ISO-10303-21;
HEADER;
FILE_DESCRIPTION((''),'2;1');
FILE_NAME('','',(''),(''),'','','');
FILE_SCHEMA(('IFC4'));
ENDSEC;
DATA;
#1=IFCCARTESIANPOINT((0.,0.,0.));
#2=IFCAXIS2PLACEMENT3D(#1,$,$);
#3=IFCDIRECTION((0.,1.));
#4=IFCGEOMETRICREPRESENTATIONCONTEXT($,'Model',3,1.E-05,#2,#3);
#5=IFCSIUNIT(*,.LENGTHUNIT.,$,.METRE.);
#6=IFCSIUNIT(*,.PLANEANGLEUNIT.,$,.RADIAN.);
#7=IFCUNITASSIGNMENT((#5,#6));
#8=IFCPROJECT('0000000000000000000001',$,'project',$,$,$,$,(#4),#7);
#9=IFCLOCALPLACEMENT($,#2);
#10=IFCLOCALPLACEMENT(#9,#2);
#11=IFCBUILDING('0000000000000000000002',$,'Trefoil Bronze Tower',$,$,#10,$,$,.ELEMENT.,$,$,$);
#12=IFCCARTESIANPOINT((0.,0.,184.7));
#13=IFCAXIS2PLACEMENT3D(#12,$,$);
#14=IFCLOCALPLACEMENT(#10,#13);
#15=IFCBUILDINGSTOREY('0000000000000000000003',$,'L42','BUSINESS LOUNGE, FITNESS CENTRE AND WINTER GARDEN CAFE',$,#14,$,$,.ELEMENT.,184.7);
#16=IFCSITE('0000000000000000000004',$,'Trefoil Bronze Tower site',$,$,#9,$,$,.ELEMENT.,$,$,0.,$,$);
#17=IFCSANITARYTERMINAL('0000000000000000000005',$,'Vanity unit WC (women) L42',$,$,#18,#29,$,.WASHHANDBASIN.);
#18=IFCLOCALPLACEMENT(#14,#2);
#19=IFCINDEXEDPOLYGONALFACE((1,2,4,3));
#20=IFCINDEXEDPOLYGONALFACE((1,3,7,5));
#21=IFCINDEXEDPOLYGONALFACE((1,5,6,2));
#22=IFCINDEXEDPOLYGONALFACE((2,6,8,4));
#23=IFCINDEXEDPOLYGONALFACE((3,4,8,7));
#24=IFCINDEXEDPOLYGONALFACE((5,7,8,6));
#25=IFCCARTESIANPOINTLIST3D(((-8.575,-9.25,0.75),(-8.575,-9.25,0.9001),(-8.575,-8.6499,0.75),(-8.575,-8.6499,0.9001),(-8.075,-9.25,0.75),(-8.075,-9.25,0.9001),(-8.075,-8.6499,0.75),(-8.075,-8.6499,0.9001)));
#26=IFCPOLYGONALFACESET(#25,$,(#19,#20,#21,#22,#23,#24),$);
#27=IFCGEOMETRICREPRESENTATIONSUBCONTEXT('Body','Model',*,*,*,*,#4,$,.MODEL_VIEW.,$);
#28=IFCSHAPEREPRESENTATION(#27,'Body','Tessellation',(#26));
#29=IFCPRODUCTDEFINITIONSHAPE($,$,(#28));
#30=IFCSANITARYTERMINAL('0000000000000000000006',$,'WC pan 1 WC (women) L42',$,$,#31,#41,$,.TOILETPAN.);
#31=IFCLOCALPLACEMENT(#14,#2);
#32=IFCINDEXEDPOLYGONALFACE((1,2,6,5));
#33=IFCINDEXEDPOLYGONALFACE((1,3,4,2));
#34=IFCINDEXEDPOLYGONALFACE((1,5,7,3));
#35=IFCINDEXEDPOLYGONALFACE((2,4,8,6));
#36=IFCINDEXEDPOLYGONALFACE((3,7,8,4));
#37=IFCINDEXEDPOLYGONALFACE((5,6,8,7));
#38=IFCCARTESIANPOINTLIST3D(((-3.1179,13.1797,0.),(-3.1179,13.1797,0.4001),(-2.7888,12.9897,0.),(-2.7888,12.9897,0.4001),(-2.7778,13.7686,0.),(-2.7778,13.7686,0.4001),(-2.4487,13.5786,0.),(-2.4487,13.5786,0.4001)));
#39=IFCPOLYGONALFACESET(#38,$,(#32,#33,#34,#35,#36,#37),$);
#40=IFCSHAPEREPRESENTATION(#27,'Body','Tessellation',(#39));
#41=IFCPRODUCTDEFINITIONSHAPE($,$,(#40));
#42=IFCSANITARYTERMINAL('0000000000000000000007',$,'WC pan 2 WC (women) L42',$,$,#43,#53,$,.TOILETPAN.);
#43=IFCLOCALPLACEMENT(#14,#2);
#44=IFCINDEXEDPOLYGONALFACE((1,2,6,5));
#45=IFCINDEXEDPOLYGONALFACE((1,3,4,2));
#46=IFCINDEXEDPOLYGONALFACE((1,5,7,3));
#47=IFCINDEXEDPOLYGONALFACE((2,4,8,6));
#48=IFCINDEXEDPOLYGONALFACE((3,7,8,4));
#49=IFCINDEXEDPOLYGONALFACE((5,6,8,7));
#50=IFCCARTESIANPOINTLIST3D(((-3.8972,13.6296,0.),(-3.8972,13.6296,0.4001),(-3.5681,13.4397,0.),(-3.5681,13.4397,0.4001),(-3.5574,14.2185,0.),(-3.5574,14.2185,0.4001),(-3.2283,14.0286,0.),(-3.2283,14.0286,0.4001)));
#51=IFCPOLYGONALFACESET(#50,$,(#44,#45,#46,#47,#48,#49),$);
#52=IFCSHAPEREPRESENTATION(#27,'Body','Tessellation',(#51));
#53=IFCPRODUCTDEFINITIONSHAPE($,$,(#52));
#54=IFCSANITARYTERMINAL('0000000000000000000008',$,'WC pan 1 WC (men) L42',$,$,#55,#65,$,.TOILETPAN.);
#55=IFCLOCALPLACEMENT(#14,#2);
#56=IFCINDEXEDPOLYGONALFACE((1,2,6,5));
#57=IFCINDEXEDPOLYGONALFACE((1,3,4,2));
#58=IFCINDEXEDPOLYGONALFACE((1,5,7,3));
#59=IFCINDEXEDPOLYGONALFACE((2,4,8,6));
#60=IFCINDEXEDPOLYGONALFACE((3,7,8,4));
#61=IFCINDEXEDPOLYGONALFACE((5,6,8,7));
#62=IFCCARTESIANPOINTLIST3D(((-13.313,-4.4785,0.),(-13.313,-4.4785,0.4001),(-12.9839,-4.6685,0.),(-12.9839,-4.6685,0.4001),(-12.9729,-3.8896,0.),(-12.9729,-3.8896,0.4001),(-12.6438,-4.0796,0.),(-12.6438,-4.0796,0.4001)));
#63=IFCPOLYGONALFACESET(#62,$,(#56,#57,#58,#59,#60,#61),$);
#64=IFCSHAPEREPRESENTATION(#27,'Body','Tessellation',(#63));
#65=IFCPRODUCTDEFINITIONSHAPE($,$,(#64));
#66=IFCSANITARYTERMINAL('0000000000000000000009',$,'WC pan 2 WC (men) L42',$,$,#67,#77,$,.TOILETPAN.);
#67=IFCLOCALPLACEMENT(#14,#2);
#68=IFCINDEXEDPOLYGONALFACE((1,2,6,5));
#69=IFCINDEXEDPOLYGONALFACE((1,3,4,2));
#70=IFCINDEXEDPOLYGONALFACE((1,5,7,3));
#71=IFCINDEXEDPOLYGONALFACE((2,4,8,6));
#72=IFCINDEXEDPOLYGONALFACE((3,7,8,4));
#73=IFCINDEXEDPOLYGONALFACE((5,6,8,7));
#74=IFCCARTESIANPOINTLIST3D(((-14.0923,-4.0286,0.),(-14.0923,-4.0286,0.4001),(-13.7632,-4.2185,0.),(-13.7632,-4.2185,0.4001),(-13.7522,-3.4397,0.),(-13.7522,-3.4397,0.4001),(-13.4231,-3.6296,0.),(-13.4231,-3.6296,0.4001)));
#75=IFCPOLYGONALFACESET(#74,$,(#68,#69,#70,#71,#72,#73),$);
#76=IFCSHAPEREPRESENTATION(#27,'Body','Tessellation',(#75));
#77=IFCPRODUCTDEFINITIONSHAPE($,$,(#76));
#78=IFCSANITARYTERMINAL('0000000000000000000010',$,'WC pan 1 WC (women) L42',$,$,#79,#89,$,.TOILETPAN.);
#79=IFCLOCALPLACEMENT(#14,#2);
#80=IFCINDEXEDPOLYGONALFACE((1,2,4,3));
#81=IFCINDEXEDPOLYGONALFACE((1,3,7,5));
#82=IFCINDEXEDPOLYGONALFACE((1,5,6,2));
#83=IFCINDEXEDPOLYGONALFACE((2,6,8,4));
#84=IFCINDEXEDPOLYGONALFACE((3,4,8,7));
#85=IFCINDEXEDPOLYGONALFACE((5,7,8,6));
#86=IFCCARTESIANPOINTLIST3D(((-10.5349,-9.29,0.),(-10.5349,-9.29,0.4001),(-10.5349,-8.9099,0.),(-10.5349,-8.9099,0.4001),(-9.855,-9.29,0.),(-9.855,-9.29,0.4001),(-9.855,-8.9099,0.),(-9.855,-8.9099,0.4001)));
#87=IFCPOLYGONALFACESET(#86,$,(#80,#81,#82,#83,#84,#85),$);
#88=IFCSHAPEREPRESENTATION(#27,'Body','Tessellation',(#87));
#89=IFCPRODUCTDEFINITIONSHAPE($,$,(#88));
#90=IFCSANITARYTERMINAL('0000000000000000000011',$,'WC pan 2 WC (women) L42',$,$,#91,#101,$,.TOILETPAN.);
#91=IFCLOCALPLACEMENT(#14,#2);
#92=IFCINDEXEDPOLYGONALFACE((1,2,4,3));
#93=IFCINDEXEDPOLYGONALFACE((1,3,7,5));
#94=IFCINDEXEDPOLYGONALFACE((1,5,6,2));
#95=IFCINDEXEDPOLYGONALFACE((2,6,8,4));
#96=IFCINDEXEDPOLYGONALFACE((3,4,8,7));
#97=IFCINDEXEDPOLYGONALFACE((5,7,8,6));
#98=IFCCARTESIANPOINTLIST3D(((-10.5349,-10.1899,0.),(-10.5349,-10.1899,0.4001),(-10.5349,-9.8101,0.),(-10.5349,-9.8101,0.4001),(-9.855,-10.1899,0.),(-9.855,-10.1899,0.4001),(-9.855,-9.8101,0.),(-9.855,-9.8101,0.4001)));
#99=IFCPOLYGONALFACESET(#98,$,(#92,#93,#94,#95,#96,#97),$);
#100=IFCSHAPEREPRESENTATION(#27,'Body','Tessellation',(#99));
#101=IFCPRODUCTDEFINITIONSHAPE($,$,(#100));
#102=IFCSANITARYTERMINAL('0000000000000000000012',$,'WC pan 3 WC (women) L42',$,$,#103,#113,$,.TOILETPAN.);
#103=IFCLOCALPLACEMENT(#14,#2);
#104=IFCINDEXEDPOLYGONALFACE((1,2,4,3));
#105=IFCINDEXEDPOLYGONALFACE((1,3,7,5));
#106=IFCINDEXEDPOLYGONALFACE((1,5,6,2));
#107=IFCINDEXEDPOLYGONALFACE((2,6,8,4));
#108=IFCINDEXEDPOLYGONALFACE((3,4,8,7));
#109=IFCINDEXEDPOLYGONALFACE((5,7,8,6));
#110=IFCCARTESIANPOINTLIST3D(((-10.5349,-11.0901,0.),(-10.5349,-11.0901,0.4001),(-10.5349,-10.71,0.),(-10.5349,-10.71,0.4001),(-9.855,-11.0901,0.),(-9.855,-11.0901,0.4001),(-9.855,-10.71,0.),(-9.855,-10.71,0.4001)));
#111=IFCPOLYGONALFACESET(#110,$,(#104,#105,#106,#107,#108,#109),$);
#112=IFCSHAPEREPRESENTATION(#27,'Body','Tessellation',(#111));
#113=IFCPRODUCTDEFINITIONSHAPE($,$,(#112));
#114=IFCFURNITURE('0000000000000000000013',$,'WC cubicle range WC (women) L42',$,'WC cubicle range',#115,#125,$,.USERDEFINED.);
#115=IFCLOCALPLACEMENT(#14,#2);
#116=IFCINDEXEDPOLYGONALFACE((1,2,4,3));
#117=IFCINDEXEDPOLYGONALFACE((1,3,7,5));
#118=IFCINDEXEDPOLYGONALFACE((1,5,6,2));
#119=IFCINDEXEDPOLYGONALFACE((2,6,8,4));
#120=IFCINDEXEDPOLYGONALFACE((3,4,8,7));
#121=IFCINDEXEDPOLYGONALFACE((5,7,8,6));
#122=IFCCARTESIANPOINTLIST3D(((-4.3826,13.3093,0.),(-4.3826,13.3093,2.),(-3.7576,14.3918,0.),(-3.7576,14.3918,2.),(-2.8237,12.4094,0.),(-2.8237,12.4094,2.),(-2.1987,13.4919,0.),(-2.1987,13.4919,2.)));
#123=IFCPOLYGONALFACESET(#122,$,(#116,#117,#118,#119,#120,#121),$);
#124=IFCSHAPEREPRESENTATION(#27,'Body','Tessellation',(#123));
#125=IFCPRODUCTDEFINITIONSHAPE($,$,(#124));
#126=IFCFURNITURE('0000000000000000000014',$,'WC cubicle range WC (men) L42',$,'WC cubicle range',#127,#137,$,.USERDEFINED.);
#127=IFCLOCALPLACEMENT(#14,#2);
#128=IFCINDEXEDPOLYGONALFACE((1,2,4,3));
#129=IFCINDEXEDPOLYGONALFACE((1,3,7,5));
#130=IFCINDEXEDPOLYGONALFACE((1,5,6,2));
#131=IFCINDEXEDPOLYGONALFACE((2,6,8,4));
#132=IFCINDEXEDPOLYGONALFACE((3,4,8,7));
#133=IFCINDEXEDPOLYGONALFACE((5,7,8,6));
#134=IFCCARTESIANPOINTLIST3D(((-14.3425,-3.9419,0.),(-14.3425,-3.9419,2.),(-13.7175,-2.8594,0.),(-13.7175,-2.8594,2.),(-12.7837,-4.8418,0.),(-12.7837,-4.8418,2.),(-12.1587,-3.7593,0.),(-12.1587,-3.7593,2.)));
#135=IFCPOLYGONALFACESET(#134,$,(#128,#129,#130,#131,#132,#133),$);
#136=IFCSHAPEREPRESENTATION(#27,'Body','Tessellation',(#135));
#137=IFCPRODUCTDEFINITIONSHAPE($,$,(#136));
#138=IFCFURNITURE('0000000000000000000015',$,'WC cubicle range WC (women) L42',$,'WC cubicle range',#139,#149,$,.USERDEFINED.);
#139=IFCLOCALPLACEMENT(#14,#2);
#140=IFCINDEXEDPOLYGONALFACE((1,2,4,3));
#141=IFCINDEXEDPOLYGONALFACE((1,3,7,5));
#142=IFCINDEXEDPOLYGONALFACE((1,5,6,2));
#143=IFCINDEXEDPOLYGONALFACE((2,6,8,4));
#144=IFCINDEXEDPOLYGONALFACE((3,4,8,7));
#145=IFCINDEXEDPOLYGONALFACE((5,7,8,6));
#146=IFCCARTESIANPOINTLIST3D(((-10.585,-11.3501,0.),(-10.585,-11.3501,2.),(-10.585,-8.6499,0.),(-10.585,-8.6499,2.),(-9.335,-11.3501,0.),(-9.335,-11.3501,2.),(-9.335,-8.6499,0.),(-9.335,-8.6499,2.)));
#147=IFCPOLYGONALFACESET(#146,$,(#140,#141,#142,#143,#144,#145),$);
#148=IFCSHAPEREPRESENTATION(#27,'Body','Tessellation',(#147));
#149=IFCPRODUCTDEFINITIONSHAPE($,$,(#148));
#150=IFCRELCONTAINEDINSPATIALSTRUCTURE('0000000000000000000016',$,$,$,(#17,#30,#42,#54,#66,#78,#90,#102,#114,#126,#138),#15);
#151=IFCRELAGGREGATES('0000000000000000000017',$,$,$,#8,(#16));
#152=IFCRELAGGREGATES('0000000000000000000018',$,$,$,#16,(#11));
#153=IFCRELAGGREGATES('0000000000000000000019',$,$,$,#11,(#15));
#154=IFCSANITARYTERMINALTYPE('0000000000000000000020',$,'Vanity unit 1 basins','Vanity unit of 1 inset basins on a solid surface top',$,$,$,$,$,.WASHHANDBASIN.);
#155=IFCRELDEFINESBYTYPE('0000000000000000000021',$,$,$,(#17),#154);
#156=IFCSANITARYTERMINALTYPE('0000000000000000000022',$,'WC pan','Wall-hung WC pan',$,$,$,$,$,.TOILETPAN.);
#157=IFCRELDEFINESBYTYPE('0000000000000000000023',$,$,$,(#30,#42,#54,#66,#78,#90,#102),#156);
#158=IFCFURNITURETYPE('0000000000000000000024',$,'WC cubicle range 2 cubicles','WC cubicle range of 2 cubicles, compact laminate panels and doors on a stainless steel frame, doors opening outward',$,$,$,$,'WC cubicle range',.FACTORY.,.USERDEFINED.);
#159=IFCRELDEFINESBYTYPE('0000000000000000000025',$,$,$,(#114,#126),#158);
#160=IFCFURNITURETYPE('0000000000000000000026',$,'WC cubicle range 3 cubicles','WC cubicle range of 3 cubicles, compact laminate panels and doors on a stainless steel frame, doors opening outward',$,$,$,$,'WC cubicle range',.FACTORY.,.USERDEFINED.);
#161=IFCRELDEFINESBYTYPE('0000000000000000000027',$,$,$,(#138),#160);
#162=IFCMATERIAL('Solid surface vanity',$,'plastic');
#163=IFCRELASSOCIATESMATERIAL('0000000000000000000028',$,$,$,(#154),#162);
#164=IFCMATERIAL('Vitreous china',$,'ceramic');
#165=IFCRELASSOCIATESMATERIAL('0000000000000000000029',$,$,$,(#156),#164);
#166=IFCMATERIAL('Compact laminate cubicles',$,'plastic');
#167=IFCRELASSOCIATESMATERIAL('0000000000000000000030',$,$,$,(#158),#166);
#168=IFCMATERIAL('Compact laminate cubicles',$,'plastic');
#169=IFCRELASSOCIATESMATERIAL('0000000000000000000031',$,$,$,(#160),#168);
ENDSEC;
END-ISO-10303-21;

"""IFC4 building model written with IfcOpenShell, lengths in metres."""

from ifc_helpers import new_model, si_unit, direction, frame, origin, place, context, subcontext, project, spatial, polyline, outline, extrude, material, type_object, element, save


model = new_model("IFC4")

# Units and contexts
model_context = context("Model", 3, precision=1e-05, world=origin(), true_north=direction((0.0, 1.0)))
body_context = subcontext(model_context, "Body", "Model", "MODEL_VIEW")
ifc_project = project(units=[si_unit("LENGTHUNIT", "METRE"), si_unit("PLANEANGLEUNIT", "RADIAN")], contexts=[model_context])

# Site, building, storey
site_placement = place(None, origin())
site = spatial("IfcSite", under=ifc_project, at=site_placement, Name="Trefoil Bronze Tower site", CompositionType="ELEMENT", RefElevation=0.0)
building_placement = place(site_placement, origin())
building = spatial("IfcBuilding", under=site, at=building_placement, Name="Trefoil Bronze Tower", CompositionType="ELEMENT")
storey_placement = place(building_placement, frame((0.0, 0.0, 184.7)))
storey = spatial("IfcBuildingStorey", under=building, at=storey_placement, Name="L42", Description="BUSINESS LOUNGE, FITNESS CENTRE AND WINTER GARDEN CAFE", CompositionType="ELEMENT", Elevation=184.7)

# Sanitary terminals
ifc_material_1 = material(Name="Solid surface vanity", Category="plastic")
sanitary_terminal_type_1 = type_object("IfcSanitaryTerminalType", Name="Vanity unit 1 basins", Description="Vanity unit of 1 inset basins on a solid surface top", PredefinedType="WASHHANDBASIN", material=ifc_material_1)
sanitary_terminal_1_placement = place(storey_placement, frame((0.0, 0.0, 0.75)))
element("IfcSanitaryTerminal", 1, at=sanitary_terminal_1_placement, inside=storey, type_object=sanitary_terminal_type_1, Name="Vanity unit WC (women) L42", PredefinedType="WASHHANDBASIN", context=body_context, shape_type="SweptSolid", body=[
    extrude(outline(polyline([(-8.075, -8.6499), (-8.575, -8.6499), (-8.575, -9.25), (-8.075, -9.25), (-8.075, -8.6499)])), origin(), (0.0, 0.0, 1.0), 0.1501),
])
ifc_material_2 = material(Name="Vitreous china", Category="ceramic")
sanitary_terminal_type_2 = type_object("IfcSanitaryTerminalType", Name="WC pan", Description="Wall-hung WC pan", PredefinedType="TOILETPAN", material=ifc_material_2)
sanitary_terminal_2_placement = place(storey_placement, origin())
element("IfcSanitaryTerminal", 2, at=sanitary_terminal_2_placement, inside=storey, type_object=sanitary_terminal_type_2, Name="WC pan 1 WC (women) L42", PredefinedType="TOILETPAN", context=body_context, shape_type="SweptSolid", body=[
    extrude(outline(polyline([(-2.7888, 12.9897), (-2.4487, 13.5786), (-2.7778, 13.7686), (-3.1179, 13.1797), (-2.7888, 12.9897)])), origin(), (0.0, 0.0, 1.0), 0.4001),
])
sanitary_terminal_3_placement = place(storey_placement, origin())
element("IfcSanitaryTerminal", 3, at=sanitary_terminal_3_placement, inside=storey, type_object=sanitary_terminal_type_2, Name="WC pan 2 WC (women) L42", PredefinedType="TOILETPAN", context=body_context, shape_type="SweptSolid", body=[
    extrude(outline(polyline([(-3.5681, 13.4397), (-3.2283, 14.0286), (-3.5574, 14.2185), (-3.8972, 13.6296), (-3.5681, 13.4397)])), origin(), (0.0, 0.0, 1.0), 0.4001),
])
sanitary_terminal_4_placement = place(storey_placement, origin())
element("IfcSanitaryTerminal", 4, at=sanitary_terminal_4_placement, inside=storey, type_object=sanitary_terminal_type_2, Name="WC pan 1 WC (men) L42", PredefinedType="TOILETPAN", context=body_context, shape_type="SweptSolid", body=[
    extrude(outline(polyline([(-12.6438, -4.0796), (-12.9839, -4.6685), (-13.313, -4.4785), (-12.9729, -3.8896), (-12.6438, -4.0796)])), origin(), (0.0, 0.0, 1.0), 0.4001),
])
sanitary_terminal_5_placement = place(storey_placement, origin())
element("IfcSanitaryTerminal", 5, at=sanitary_terminal_5_placement, inside=storey, type_object=sanitary_terminal_type_2, Name="WC pan 2 WC (men) L42", PredefinedType="TOILETPAN", context=body_context, shape_type="SweptSolid", body=[
    extrude(outline(polyline([(-13.4231, -3.6296), (-13.7632, -4.2185), (-14.0923, -4.0286), (-13.7522, -3.4397), (-13.4231, -3.6296)])), origin(), (0.0, 0.0, 1.0), 0.4001),
])
sanitary_terminal_6_placement = place(storey_placement, origin())
element("IfcSanitaryTerminal", 6, at=sanitary_terminal_6_placement, inside=storey, type_object=sanitary_terminal_type_2, Name="WC pan 1 WC (women) L42", PredefinedType="TOILETPAN", context=body_context, shape_type="SweptSolid", body=[
    extrude(outline(polyline([(-9.855, -8.9099), (-10.5349, -8.9099), (-10.5349, -9.29), (-9.855, -9.29), (-9.855, -8.9099)])), origin(), (0.0, 0.0, 1.0), 0.4001),
])
sanitary_terminal_7_placement = place(storey_placement, origin())
element("IfcSanitaryTerminal", 7, at=sanitary_terminal_7_placement, inside=storey, type_object=sanitary_terminal_type_2, Name="WC pan 2 WC (women) L42", PredefinedType="TOILETPAN", context=body_context, shape_type="SweptSolid", body=[
    extrude(outline(polyline([(-9.855, -9.8101), (-10.5349, -9.8101), (-10.5349, -10.1899), (-9.855, -10.1899), (-9.855, -9.8101)])), origin(), (0.0, 0.0, 1.0), 0.4001),
])
sanitary_terminal_8_placement = place(storey_placement, origin())
element("IfcSanitaryTerminal", 8, at=sanitary_terminal_8_placement, inside=storey, type_object=sanitary_terminal_type_2, Name="WC pan 3 WC (women) L42", PredefinedType="TOILETPAN", context=body_context, shape_type="SweptSolid", body=[
    extrude(outline(polyline([(-9.855, -10.71), (-10.5349, -10.71), (-10.5349, -11.0901), (-9.855, -11.0901), (-9.855, -10.71)])), origin(), (0.0, 0.0, 1.0), 0.4001),
])

# Furniture
ifc_material_3 = material(Name="Compact laminate cubicles", Category="plastic")
furniture_type_1 = type_object("IfcFurnitureType", Name="WC cubicle range 2 cubicles", Description="WC cubicle range of 2 cubicles, compact laminate panels and doors on a stainless steel frame, doors opening outward", ElementType="WC cubicle range", AssemblyPlace="FACTORY", PredefinedType="USERDEFINED", material=ifc_material_3)
furniture_1_placement = place(storey_placement, origin())
element("IfcFurniture", 9, at=furniture_1_placement, inside=storey, type_object=furniture_type_1, Name="WC cubicle range WC (women) L42", ObjectType="WC cubicle range", PredefinedType="USERDEFINED", context=body_context, shape_type="SweptSolid", body=[
    extrude(outline(polyline([(-2.8237, 12.4094), (-2.1987, 13.4919), (-3.7576, 14.3918), (-4.3826, 13.3093), (-2.8237, 12.4094)])), origin(), (0.0, 0.0, 1.0), 2.0),
])
furniture_2_placement = place(storey_placement, origin())
element("IfcFurniture", 10, at=furniture_2_placement, inside=storey, type_object=furniture_type_1, Name="WC cubicle range WC (men) L42", ObjectType="WC cubicle range", PredefinedType="USERDEFINED", context=body_context, shape_type="SweptSolid", body=[
    extrude(outline(polyline([(-12.1587, -3.7593), (-12.7837, -4.8418), (-14.3425, -3.9419), (-13.7175, -2.8594), (-12.1587, -3.7593)])), origin(), (0.0, 0.0, 1.0), 2.0),
])
ifc_material_4 = material(Name="Compact laminate cubicles", Category="plastic")
furniture_type_2 = type_object("IfcFurnitureType", Name="WC cubicle range 3 cubicles", Description="WC cubicle range of 3 cubicles, compact laminate panels and doors on a stainless steel frame, doors opening outward", ElementType="WC cubicle range", AssemblyPlace="FACTORY", PredefinedType="USERDEFINED", material=ifc_material_4)
furniture_3_placement = place(storey_placement, origin())
element("IfcFurniture", 11, at=furniture_3_placement, inside=storey, type_object=furniture_type_2, Name="WC cubicle range WC (women) L42", ObjectType="WC cubicle range", PredefinedType="USERDEFINED", context=body_context, shape_type="SweptSolid", body=[
    extrude(outline(polyline([(-9.335, -8.6499), (-10.585, -8.6499), (-10.585, -11.3501), (-9.335, -11.3501), (-9.335, -8.6499)])), origin(), (0.0, 0.0, 1.0), 2.0),
])

save(model, "model.ifc")
